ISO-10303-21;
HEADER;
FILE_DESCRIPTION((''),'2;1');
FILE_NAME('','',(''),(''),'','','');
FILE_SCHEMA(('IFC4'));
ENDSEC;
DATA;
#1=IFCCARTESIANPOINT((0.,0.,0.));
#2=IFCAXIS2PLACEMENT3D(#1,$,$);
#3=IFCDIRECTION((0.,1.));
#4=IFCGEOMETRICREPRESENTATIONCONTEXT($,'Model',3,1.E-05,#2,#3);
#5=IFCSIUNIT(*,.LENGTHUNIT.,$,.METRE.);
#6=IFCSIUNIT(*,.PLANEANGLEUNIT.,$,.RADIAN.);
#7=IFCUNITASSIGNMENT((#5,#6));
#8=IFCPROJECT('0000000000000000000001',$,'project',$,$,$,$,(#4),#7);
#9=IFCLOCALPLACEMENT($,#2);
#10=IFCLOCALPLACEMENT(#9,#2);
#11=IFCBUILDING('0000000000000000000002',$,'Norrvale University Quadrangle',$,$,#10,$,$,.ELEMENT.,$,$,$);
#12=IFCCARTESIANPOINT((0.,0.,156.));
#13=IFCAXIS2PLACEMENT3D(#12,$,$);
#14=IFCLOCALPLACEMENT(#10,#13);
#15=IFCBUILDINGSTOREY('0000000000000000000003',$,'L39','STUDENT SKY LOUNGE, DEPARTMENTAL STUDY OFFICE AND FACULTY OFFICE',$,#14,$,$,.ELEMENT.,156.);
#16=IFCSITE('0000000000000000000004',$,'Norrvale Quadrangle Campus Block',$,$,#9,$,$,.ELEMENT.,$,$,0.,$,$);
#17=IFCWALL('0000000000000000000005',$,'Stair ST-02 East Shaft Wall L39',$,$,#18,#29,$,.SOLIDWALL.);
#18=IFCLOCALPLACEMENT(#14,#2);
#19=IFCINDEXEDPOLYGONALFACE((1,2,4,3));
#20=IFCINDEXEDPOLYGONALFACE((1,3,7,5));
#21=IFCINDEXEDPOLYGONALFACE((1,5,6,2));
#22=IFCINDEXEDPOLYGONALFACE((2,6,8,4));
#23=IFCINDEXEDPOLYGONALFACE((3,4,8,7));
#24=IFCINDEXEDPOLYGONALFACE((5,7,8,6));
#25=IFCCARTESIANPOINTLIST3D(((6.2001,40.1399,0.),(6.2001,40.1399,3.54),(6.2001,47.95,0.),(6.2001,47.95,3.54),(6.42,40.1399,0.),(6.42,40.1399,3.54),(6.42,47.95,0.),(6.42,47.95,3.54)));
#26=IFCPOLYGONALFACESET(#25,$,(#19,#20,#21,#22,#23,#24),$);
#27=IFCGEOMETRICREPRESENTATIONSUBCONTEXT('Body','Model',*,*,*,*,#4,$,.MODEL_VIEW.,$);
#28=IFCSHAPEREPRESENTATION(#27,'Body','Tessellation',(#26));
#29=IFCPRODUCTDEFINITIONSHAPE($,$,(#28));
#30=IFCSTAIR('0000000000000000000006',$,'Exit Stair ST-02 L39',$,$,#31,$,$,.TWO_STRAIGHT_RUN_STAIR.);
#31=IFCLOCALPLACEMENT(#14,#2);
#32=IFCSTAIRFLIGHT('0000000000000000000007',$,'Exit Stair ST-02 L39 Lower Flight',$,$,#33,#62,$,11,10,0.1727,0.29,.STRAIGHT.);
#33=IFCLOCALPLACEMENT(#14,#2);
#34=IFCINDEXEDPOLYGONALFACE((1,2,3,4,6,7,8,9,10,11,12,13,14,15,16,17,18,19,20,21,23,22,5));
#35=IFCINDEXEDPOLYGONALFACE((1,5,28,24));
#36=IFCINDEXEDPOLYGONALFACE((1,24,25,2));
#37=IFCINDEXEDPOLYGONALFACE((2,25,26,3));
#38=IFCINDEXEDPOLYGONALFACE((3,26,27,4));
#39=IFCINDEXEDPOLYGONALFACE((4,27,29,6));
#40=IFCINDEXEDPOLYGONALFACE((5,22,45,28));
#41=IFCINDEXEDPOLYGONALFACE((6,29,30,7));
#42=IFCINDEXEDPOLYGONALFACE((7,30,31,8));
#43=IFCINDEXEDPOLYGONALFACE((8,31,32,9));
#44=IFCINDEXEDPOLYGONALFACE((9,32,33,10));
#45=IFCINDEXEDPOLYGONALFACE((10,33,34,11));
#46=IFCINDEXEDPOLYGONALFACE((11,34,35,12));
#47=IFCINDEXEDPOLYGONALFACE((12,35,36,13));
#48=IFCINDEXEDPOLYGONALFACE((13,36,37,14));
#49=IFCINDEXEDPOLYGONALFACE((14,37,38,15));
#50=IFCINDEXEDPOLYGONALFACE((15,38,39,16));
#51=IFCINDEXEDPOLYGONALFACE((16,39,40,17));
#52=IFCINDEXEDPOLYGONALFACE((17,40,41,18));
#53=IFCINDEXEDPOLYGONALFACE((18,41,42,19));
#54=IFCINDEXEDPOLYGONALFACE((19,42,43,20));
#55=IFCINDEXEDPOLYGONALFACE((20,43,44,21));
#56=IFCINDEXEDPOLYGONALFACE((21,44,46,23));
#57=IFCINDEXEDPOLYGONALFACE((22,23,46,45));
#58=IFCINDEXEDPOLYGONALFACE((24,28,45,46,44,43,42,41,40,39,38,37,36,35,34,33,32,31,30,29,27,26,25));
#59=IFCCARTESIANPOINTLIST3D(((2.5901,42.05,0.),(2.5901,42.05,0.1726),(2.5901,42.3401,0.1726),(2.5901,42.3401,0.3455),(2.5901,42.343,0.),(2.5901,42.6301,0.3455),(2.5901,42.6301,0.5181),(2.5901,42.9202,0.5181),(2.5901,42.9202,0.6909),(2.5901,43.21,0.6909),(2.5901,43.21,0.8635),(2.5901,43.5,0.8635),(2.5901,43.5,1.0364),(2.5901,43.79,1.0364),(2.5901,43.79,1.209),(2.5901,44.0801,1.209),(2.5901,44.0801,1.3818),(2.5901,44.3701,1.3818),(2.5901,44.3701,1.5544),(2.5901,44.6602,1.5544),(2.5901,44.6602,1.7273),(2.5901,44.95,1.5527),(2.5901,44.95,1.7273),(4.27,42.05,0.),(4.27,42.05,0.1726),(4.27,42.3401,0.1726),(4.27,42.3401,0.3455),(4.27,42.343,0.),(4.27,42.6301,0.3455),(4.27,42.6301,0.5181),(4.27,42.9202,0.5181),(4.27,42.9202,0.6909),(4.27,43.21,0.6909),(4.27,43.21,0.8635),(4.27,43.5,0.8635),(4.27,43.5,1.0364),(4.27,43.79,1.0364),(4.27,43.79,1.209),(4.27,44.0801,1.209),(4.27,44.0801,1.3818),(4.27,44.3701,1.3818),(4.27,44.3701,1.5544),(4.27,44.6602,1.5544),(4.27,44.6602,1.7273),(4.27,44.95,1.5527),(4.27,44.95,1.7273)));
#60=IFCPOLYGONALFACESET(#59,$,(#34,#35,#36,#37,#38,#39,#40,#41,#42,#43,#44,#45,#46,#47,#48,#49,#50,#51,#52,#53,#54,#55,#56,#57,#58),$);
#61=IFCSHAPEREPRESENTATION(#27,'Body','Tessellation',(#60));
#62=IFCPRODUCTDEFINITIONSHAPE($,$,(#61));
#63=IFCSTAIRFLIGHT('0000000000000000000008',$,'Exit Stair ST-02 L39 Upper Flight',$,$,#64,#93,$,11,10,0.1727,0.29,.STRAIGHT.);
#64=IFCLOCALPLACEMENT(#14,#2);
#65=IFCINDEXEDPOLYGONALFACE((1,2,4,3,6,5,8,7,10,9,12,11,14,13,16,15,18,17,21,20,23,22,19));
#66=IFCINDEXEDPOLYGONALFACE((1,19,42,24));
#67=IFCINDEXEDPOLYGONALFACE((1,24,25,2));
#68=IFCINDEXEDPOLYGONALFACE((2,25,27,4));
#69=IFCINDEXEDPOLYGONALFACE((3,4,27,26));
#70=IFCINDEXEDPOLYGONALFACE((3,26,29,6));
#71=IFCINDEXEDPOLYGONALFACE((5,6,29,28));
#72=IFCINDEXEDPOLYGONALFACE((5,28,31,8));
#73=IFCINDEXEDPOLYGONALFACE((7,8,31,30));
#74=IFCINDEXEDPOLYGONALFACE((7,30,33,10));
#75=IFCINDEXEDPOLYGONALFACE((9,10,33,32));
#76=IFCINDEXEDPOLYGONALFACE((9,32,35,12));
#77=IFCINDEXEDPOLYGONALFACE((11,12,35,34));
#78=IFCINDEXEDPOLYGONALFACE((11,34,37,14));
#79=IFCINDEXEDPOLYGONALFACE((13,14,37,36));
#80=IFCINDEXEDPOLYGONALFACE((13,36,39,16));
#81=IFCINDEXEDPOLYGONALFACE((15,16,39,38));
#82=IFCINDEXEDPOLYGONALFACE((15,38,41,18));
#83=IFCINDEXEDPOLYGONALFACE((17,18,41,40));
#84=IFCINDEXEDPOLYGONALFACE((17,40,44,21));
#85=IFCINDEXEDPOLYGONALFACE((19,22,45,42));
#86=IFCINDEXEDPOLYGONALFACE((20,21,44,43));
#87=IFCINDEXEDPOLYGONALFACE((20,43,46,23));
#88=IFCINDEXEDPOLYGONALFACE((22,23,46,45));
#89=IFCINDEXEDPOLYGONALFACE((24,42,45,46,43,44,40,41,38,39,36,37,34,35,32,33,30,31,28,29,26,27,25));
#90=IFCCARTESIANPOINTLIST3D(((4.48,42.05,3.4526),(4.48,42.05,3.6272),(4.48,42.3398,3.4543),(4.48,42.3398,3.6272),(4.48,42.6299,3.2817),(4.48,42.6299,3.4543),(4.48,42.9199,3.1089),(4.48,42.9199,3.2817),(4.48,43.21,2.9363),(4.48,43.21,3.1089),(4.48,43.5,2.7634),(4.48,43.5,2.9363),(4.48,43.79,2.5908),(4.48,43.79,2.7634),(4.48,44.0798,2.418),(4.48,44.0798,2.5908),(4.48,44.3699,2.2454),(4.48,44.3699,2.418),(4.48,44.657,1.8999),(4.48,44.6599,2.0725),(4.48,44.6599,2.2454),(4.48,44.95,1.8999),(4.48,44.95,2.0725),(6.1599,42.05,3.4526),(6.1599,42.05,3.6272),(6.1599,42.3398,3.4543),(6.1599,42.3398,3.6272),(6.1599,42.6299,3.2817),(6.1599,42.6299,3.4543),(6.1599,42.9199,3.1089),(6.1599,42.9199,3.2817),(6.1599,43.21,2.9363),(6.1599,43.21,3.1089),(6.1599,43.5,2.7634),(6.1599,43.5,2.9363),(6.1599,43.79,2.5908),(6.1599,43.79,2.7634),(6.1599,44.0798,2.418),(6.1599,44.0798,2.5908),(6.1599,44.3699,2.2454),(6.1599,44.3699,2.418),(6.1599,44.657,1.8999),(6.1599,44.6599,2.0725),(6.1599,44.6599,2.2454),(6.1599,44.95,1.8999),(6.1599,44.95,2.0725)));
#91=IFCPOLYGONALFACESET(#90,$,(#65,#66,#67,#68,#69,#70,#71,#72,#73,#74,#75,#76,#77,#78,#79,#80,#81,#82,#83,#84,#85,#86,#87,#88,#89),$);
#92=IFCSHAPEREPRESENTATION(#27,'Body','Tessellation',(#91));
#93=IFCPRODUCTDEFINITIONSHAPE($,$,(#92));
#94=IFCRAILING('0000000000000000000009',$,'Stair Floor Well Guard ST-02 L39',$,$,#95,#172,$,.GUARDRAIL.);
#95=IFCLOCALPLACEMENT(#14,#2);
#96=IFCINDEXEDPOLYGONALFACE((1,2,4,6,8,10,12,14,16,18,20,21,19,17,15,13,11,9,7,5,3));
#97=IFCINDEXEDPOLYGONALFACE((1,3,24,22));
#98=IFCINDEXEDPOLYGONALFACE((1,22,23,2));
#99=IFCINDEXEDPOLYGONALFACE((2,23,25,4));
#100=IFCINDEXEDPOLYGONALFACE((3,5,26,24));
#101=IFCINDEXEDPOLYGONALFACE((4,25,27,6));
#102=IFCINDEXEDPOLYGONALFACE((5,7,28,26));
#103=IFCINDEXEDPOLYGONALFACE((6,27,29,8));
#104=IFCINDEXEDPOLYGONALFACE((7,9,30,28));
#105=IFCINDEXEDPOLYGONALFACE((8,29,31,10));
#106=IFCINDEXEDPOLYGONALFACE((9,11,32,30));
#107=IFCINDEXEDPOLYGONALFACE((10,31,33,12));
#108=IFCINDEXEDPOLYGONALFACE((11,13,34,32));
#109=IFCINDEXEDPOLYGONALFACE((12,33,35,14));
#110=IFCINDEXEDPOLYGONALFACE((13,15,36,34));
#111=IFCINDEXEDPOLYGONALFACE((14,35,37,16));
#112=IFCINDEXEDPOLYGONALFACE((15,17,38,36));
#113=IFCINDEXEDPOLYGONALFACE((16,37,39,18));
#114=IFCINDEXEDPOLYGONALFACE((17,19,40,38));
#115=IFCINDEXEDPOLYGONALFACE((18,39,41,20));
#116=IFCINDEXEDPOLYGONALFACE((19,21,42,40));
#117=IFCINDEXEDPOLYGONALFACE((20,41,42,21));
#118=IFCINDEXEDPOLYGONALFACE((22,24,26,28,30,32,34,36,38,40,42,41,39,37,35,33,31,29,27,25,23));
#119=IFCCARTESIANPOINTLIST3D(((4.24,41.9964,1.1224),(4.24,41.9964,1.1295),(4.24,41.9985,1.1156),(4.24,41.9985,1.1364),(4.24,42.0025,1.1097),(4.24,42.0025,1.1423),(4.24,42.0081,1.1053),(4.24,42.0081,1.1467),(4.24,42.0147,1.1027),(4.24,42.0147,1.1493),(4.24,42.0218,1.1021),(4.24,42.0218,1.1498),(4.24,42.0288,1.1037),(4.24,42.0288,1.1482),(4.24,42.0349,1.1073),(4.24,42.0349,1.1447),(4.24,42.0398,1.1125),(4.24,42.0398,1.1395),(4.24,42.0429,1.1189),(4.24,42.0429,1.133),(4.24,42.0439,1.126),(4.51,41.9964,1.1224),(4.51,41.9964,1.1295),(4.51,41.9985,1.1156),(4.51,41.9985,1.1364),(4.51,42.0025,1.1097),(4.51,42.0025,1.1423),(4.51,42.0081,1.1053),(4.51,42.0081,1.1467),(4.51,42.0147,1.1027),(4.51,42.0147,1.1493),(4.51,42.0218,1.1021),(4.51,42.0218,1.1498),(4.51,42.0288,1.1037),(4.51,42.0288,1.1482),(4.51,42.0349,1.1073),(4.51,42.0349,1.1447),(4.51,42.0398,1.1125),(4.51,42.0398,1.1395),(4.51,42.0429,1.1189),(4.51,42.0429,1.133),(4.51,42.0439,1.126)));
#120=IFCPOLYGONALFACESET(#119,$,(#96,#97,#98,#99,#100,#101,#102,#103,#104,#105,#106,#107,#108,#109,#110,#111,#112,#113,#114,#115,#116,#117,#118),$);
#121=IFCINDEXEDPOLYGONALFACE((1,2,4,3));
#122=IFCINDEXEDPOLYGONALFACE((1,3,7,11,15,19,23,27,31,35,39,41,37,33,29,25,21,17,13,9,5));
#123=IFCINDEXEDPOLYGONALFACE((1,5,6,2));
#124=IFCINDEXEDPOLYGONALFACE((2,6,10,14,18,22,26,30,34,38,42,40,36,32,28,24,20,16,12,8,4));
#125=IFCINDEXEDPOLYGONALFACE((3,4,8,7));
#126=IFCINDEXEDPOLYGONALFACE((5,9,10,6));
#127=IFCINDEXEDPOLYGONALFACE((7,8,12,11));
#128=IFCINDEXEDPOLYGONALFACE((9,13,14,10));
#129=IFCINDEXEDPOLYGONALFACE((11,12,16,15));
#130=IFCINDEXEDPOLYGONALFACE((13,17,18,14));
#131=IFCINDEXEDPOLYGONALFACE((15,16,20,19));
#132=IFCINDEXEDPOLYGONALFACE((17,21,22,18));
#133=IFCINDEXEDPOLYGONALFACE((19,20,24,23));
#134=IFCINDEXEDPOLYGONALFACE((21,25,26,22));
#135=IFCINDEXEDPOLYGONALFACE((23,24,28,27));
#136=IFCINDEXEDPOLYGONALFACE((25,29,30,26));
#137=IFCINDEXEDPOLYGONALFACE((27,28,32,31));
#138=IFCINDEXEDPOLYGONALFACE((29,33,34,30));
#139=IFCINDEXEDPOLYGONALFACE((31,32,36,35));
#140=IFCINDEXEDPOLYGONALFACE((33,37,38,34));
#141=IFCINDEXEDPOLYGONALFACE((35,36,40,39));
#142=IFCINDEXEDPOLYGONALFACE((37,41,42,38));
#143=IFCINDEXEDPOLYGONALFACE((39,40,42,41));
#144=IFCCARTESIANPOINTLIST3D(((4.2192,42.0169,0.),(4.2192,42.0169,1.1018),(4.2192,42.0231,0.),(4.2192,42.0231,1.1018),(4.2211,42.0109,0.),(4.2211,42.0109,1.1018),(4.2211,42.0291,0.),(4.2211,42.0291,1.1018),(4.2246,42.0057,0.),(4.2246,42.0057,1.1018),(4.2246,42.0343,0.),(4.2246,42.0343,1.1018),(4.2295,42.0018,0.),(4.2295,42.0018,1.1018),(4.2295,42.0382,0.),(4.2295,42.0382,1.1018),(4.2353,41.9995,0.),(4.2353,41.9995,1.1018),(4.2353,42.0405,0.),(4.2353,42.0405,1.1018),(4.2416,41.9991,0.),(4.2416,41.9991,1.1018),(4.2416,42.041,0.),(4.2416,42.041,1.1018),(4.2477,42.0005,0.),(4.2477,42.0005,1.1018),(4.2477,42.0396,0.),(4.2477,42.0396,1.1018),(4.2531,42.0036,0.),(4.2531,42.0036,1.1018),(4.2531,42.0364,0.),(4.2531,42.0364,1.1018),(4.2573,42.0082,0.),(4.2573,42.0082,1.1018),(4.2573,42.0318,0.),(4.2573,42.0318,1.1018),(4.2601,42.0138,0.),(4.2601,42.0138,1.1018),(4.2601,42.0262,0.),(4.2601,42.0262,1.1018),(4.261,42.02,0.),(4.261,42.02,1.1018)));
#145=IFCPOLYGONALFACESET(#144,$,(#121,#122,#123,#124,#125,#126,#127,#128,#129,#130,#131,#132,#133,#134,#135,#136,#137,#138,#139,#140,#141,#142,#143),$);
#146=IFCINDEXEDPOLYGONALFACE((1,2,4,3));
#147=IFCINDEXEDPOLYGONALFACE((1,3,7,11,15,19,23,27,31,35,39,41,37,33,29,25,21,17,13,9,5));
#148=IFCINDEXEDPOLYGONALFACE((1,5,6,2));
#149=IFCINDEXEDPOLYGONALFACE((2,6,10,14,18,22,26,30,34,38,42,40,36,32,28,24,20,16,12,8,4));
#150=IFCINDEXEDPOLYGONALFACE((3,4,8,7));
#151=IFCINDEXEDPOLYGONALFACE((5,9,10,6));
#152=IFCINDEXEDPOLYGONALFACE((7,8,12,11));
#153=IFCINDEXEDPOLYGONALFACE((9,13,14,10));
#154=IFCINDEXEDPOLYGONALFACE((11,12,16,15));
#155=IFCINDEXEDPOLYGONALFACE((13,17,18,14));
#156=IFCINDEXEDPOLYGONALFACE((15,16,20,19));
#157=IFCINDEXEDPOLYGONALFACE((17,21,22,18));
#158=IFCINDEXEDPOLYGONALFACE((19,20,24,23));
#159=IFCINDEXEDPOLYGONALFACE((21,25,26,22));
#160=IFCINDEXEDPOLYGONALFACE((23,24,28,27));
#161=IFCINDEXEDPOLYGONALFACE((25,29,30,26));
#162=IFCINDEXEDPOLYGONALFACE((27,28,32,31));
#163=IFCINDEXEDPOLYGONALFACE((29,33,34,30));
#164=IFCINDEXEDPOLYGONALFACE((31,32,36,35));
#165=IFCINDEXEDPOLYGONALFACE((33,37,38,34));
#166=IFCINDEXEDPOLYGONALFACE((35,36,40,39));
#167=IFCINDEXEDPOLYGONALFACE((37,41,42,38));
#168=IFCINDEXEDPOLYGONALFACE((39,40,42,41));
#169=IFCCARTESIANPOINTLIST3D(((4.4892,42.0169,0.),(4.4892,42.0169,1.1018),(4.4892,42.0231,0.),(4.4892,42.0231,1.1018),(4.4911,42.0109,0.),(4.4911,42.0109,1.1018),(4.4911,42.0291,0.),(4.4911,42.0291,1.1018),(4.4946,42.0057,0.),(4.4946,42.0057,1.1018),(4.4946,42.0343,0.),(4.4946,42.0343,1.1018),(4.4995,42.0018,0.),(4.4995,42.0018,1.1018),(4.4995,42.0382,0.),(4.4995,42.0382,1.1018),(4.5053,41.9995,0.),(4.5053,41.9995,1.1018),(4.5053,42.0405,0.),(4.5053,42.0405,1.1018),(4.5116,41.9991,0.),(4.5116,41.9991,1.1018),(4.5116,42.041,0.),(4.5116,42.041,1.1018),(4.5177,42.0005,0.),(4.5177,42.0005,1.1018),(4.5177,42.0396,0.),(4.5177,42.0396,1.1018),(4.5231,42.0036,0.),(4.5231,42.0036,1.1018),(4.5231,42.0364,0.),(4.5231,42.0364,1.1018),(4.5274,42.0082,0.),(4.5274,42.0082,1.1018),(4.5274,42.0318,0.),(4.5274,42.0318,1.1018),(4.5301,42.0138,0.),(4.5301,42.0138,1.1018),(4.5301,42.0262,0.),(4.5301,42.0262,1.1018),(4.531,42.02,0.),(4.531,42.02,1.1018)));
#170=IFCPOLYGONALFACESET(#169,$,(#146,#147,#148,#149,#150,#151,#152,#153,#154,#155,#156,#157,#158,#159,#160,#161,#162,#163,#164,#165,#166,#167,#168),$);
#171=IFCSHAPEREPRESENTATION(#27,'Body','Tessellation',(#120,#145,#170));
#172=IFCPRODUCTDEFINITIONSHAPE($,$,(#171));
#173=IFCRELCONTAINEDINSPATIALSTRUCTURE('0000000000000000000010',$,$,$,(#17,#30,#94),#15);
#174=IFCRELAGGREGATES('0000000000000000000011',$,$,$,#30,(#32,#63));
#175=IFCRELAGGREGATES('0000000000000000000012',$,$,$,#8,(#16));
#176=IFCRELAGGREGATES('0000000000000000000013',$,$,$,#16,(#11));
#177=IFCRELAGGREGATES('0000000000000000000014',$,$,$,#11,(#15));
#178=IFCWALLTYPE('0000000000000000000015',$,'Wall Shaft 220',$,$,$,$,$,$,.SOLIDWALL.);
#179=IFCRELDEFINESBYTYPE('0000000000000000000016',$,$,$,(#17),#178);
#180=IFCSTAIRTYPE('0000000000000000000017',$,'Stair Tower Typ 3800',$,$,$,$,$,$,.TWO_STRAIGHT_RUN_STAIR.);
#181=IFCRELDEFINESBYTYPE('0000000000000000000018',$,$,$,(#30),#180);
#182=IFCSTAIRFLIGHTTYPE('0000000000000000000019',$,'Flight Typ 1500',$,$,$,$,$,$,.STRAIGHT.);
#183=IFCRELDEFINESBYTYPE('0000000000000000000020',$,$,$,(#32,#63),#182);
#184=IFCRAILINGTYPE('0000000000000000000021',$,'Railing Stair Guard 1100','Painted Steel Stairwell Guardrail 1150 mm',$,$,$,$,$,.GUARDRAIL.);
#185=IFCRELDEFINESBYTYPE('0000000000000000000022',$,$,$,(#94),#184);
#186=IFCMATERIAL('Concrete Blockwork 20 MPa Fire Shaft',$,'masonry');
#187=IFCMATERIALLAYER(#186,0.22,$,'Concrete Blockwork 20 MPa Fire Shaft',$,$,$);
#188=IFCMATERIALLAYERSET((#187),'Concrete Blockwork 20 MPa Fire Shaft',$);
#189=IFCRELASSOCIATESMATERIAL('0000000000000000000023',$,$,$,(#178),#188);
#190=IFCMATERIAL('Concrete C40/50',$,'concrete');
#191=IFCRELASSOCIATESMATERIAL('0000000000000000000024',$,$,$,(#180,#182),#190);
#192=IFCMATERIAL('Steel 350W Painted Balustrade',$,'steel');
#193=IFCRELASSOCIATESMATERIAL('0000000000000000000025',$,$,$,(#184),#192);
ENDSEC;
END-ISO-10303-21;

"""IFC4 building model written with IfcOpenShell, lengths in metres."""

from ifc_helpers import new_model, si_unit, direction, frame, frame_2d, origin, origin_2d, place, context, subcontext, project, spatial, polyline, rectangle, circle, outline, extrude, material, layer, layer_set, type_object, element, aggregate, save


model = new_model("IFC4")

# Units and contexts
model_context = context("Model", 3, precision=1e-05, world=origin(), true_north=direction((0.0, 1.0)))
body_context = subcontext(model_context, "Body", "Model", "MODEL_VIEW")
ifc_project = project(units=[si_unit("LENGTHUNIT", "METRE"), si_unit("PLANEANGLEUNIT", "RADIAN")], contexts=[model_context])

# Site, building, storey
site_placement = place(None, origin())
site = spatial("IfcSite", under=ifc_project, at=site_placement, Name="Norrvale Quadrangle Campus Block", CompositionType="ELEMENT", RefElevation=0.0)
building_placement = place(site_placement, origin())
building = spatial("IfcBuilding", under=site, at=building_placement, Name="Norrvale University Quadrangle", CompositionType="ELEMENT")
storey_placement = place(building_placement, frame((0.0, 0.0, 156.0)))
storey = spatial("IfcBuildingStorey", under=building, at=storey_placement, Name="L39", Description="STUDENT SKY LOUNGE, DEPARTMENTAL STUDY OFFICE AND FACULTY OFFICE", CompositionType="ELEMENT", Elevation=156.0)

# Shared definitions
ifc_material_1 = material(Name="Concrete Blockwork 20 MPa Fire Shaft", Category="masonry")
ifc_layer_1 = layer(ifc_material_1, 0.22, Name="Concrete Blockwork 20 MPa Fire Shaft")
ifc_layer_set_1 = layer_set([ifc_layer_1], Name="Concrete Blockwork 20 MPa Fire Shaft")
wall_type_1 = type_object("IfcWallType", Name="Wall Shaft 220", PredefinedType="SOLIDWALL", material=ifc_layer_set_1)

# Wall
wall_1_placement = place(storey_placement, frame((6.3101, 40.1399, 0.0), z_axis=(0.0, 0.0, 1.0), x_axis=(0.0, 1.0, 0.0)))
element("IfcWall", 1, at=wall_1_placement, inside=storey, type_object=wall_type_1, Name="Stair ST-02 East Shaft Wall L39", PredefinedType="SOLIDWALL", context=body_context, shape_type="SweptSolid", body=[
    extrude(rectangle(XDim=7.8101, YDim=0.22, at=frame_2d((3.905, 0.0))), origin(), (0.0, 0.0, 1.0), 3.54),
])

# Stair, stair flights
ifc_material_2 = material(Name="Concrete C40/50", Category="concrete")
stair_type = type_object("IfcStairType", Name="Stair Tower Typ 3800", PredefinedType="TWO_STRAIGHT_RUN_STAIR", material=ifc_material_2)
stair_placement = place(storey_placement, origin())
stair = element("IfcStair", 2, at=stair_placement, inside=storey, type_object=stair_type, Name="Exit Stair ST-02 L39", PredefinedType="TWO_STRAIGHT_RUN_STAIR")
stair_flight_type = type_object("IfcStairFlightType", Name="Flight Typ 1500", PredefinedType="STRAIGHT", material=ifc_material_2)
stair_flight_1_placement = place(storey_placement, frame((3.4299, 42.05, 0.0), z_axis=(0.0, 0.0, 1.0), x_axis=(0.0, 1.0, 0.0)))
stair_flight_1 = element("IfcStairFlight", 3, at=stair_flight_1_placement, type_object=stair_flight_type, Name="Exit Stair ST-02 L39 Lower Flight", NumberOfRisers=11, NumberOfTreads=10, PredefinedType="STRAIGHT", RiserHeight=0.1727, TreadLength=0.29, context=body_context, shape_type="SweptSolid", body=[
    extrude(outline(polyline([(0.0, 0.0), (0.0, 0.1726), (0.29, 0.1726), (0.29, 0.3455), (0.5801, 0.3455), (0.5801, 0.5181), (0.8701, 0.5181), (0.8701, 0.6909), (1.1599, 0.6909), (1.1599, 0.8635), (1.45, 0.8635), (1.45, 1.0364), (1.74, 1.0364), (1.74, 1.209), (2.03, 1.209), (2.03, 1.3818), (2.3201, 1.3818), (2.3201, 1.5544), (2.6101, 1.5544), (2.6101, 1.7273), (2.8999, 1.7273), (2.8999, 1.8999), (2.8999, 1.5527), (0.293, 0.0), (0.0, 0.0)])), frame((0.0, 0.8398, 0.0), z_axis=(0.0, -1.0, 0.0), x_axis=(1.0, 0.0, 0.0)), (0.0, 0.0, 1.0), 1.6799),
])
stair_flight_2_placement = place(storey_placement, frame((5.3201, 44.95, 1.8999), z_axis=(0.0, 0.0, 1.0), x_axis=(0.0, -1.0, 0.0)))
stair_flight_2 = element("IfcStairFlight", 4, at=stair_flight_2_placement, type_object=stair_flight_type, Name="Exit Stair ST-02 L39 Upper Flight", NumberOfRisers=11, NumberOfTreads=10, PredefinedType="STRAIGHT", RiserHeight=0.1727, TreadLength=0.29, context=body_context, shape_type="SweptSolid", body=[
    extrude(outline(polyline([(0.0, 0.0), (0.0, 0.1726), (0.29, 0.1726), (0.29, 0.3455), (0.5801, 0.3455), (0.5801, 0.5181), (0.8701, 0.5181), (0.8701, 0.6909), (1.1599, 0.6909), (1.1599, 0.8635), (1.45, 0.8635), (1.45, 1.0364), (1.74, 1.0364), (1.74, 1.209), (2.03, 1.209), (2.03, 1.3818), (2.3201, 1.3818), (2.3201, 1.5544), (2.6101, 1.5544), (2.6101, 1.7273), (2.8999, 1.7273), (2.8999, 1.8999), (2.8999, 1.5527), (0.293, 0.0), (0.0, 0.0)])), frame((0.0, 0.8398, 0.0), z_axis=(0.0, -1.0, 0.0), x_axis=(1.0, 0.0, 0.0)), (0.0, 0.0, 1.0), 1.6799),
])
aggregate(stair, [stair_flight_1, stair_flight_2])

# Railing
ifc_material_3 = material(Name="Steel 350W Painted Balustrade", Category="steel")
railing_type_1 = type_object("IfcRailingType", Name="Railing Stair Guard 1100", Description="Painted Steel Stairwell Guardrail 1150 mm", PredefinedType="GUARDRAIL", material=ifc_material_3)
for number, where, name in (
    (5, (4.24, 42.02, 0.0), "Stair Floor Well Guard ST-02 L39"),
):
    element("IfcRailing", number, at=place(storey_placement, frame(where)), inside=storey, type_object=railing_type_1, Name=name, PredefinedType="GUARDRAIL", context=body_context, shape_type="SweptSolid", body=[
        extrude(circle(Radius=0.0239, at=origin_2d()), frame((0.0, 0.0, 1.126), z_axis=(1.0, 0.0, 0.0), x_axis=(0.0, 1.0, 0.0)), (0.0, 0.0, 1.0), 0.27),
        extrude(circle(Radius=0.021, at=origin_2d()), origin(), (0.0, 0.0, 1.0), 1.1018),
        extrude(circle(Radius=0.021, at=origin_2d()), frame((0.27, 0.0, 0.0)), (0.0, 0.0, 1.0), 1.1018),
    ])

save(model, "model.ifc")
